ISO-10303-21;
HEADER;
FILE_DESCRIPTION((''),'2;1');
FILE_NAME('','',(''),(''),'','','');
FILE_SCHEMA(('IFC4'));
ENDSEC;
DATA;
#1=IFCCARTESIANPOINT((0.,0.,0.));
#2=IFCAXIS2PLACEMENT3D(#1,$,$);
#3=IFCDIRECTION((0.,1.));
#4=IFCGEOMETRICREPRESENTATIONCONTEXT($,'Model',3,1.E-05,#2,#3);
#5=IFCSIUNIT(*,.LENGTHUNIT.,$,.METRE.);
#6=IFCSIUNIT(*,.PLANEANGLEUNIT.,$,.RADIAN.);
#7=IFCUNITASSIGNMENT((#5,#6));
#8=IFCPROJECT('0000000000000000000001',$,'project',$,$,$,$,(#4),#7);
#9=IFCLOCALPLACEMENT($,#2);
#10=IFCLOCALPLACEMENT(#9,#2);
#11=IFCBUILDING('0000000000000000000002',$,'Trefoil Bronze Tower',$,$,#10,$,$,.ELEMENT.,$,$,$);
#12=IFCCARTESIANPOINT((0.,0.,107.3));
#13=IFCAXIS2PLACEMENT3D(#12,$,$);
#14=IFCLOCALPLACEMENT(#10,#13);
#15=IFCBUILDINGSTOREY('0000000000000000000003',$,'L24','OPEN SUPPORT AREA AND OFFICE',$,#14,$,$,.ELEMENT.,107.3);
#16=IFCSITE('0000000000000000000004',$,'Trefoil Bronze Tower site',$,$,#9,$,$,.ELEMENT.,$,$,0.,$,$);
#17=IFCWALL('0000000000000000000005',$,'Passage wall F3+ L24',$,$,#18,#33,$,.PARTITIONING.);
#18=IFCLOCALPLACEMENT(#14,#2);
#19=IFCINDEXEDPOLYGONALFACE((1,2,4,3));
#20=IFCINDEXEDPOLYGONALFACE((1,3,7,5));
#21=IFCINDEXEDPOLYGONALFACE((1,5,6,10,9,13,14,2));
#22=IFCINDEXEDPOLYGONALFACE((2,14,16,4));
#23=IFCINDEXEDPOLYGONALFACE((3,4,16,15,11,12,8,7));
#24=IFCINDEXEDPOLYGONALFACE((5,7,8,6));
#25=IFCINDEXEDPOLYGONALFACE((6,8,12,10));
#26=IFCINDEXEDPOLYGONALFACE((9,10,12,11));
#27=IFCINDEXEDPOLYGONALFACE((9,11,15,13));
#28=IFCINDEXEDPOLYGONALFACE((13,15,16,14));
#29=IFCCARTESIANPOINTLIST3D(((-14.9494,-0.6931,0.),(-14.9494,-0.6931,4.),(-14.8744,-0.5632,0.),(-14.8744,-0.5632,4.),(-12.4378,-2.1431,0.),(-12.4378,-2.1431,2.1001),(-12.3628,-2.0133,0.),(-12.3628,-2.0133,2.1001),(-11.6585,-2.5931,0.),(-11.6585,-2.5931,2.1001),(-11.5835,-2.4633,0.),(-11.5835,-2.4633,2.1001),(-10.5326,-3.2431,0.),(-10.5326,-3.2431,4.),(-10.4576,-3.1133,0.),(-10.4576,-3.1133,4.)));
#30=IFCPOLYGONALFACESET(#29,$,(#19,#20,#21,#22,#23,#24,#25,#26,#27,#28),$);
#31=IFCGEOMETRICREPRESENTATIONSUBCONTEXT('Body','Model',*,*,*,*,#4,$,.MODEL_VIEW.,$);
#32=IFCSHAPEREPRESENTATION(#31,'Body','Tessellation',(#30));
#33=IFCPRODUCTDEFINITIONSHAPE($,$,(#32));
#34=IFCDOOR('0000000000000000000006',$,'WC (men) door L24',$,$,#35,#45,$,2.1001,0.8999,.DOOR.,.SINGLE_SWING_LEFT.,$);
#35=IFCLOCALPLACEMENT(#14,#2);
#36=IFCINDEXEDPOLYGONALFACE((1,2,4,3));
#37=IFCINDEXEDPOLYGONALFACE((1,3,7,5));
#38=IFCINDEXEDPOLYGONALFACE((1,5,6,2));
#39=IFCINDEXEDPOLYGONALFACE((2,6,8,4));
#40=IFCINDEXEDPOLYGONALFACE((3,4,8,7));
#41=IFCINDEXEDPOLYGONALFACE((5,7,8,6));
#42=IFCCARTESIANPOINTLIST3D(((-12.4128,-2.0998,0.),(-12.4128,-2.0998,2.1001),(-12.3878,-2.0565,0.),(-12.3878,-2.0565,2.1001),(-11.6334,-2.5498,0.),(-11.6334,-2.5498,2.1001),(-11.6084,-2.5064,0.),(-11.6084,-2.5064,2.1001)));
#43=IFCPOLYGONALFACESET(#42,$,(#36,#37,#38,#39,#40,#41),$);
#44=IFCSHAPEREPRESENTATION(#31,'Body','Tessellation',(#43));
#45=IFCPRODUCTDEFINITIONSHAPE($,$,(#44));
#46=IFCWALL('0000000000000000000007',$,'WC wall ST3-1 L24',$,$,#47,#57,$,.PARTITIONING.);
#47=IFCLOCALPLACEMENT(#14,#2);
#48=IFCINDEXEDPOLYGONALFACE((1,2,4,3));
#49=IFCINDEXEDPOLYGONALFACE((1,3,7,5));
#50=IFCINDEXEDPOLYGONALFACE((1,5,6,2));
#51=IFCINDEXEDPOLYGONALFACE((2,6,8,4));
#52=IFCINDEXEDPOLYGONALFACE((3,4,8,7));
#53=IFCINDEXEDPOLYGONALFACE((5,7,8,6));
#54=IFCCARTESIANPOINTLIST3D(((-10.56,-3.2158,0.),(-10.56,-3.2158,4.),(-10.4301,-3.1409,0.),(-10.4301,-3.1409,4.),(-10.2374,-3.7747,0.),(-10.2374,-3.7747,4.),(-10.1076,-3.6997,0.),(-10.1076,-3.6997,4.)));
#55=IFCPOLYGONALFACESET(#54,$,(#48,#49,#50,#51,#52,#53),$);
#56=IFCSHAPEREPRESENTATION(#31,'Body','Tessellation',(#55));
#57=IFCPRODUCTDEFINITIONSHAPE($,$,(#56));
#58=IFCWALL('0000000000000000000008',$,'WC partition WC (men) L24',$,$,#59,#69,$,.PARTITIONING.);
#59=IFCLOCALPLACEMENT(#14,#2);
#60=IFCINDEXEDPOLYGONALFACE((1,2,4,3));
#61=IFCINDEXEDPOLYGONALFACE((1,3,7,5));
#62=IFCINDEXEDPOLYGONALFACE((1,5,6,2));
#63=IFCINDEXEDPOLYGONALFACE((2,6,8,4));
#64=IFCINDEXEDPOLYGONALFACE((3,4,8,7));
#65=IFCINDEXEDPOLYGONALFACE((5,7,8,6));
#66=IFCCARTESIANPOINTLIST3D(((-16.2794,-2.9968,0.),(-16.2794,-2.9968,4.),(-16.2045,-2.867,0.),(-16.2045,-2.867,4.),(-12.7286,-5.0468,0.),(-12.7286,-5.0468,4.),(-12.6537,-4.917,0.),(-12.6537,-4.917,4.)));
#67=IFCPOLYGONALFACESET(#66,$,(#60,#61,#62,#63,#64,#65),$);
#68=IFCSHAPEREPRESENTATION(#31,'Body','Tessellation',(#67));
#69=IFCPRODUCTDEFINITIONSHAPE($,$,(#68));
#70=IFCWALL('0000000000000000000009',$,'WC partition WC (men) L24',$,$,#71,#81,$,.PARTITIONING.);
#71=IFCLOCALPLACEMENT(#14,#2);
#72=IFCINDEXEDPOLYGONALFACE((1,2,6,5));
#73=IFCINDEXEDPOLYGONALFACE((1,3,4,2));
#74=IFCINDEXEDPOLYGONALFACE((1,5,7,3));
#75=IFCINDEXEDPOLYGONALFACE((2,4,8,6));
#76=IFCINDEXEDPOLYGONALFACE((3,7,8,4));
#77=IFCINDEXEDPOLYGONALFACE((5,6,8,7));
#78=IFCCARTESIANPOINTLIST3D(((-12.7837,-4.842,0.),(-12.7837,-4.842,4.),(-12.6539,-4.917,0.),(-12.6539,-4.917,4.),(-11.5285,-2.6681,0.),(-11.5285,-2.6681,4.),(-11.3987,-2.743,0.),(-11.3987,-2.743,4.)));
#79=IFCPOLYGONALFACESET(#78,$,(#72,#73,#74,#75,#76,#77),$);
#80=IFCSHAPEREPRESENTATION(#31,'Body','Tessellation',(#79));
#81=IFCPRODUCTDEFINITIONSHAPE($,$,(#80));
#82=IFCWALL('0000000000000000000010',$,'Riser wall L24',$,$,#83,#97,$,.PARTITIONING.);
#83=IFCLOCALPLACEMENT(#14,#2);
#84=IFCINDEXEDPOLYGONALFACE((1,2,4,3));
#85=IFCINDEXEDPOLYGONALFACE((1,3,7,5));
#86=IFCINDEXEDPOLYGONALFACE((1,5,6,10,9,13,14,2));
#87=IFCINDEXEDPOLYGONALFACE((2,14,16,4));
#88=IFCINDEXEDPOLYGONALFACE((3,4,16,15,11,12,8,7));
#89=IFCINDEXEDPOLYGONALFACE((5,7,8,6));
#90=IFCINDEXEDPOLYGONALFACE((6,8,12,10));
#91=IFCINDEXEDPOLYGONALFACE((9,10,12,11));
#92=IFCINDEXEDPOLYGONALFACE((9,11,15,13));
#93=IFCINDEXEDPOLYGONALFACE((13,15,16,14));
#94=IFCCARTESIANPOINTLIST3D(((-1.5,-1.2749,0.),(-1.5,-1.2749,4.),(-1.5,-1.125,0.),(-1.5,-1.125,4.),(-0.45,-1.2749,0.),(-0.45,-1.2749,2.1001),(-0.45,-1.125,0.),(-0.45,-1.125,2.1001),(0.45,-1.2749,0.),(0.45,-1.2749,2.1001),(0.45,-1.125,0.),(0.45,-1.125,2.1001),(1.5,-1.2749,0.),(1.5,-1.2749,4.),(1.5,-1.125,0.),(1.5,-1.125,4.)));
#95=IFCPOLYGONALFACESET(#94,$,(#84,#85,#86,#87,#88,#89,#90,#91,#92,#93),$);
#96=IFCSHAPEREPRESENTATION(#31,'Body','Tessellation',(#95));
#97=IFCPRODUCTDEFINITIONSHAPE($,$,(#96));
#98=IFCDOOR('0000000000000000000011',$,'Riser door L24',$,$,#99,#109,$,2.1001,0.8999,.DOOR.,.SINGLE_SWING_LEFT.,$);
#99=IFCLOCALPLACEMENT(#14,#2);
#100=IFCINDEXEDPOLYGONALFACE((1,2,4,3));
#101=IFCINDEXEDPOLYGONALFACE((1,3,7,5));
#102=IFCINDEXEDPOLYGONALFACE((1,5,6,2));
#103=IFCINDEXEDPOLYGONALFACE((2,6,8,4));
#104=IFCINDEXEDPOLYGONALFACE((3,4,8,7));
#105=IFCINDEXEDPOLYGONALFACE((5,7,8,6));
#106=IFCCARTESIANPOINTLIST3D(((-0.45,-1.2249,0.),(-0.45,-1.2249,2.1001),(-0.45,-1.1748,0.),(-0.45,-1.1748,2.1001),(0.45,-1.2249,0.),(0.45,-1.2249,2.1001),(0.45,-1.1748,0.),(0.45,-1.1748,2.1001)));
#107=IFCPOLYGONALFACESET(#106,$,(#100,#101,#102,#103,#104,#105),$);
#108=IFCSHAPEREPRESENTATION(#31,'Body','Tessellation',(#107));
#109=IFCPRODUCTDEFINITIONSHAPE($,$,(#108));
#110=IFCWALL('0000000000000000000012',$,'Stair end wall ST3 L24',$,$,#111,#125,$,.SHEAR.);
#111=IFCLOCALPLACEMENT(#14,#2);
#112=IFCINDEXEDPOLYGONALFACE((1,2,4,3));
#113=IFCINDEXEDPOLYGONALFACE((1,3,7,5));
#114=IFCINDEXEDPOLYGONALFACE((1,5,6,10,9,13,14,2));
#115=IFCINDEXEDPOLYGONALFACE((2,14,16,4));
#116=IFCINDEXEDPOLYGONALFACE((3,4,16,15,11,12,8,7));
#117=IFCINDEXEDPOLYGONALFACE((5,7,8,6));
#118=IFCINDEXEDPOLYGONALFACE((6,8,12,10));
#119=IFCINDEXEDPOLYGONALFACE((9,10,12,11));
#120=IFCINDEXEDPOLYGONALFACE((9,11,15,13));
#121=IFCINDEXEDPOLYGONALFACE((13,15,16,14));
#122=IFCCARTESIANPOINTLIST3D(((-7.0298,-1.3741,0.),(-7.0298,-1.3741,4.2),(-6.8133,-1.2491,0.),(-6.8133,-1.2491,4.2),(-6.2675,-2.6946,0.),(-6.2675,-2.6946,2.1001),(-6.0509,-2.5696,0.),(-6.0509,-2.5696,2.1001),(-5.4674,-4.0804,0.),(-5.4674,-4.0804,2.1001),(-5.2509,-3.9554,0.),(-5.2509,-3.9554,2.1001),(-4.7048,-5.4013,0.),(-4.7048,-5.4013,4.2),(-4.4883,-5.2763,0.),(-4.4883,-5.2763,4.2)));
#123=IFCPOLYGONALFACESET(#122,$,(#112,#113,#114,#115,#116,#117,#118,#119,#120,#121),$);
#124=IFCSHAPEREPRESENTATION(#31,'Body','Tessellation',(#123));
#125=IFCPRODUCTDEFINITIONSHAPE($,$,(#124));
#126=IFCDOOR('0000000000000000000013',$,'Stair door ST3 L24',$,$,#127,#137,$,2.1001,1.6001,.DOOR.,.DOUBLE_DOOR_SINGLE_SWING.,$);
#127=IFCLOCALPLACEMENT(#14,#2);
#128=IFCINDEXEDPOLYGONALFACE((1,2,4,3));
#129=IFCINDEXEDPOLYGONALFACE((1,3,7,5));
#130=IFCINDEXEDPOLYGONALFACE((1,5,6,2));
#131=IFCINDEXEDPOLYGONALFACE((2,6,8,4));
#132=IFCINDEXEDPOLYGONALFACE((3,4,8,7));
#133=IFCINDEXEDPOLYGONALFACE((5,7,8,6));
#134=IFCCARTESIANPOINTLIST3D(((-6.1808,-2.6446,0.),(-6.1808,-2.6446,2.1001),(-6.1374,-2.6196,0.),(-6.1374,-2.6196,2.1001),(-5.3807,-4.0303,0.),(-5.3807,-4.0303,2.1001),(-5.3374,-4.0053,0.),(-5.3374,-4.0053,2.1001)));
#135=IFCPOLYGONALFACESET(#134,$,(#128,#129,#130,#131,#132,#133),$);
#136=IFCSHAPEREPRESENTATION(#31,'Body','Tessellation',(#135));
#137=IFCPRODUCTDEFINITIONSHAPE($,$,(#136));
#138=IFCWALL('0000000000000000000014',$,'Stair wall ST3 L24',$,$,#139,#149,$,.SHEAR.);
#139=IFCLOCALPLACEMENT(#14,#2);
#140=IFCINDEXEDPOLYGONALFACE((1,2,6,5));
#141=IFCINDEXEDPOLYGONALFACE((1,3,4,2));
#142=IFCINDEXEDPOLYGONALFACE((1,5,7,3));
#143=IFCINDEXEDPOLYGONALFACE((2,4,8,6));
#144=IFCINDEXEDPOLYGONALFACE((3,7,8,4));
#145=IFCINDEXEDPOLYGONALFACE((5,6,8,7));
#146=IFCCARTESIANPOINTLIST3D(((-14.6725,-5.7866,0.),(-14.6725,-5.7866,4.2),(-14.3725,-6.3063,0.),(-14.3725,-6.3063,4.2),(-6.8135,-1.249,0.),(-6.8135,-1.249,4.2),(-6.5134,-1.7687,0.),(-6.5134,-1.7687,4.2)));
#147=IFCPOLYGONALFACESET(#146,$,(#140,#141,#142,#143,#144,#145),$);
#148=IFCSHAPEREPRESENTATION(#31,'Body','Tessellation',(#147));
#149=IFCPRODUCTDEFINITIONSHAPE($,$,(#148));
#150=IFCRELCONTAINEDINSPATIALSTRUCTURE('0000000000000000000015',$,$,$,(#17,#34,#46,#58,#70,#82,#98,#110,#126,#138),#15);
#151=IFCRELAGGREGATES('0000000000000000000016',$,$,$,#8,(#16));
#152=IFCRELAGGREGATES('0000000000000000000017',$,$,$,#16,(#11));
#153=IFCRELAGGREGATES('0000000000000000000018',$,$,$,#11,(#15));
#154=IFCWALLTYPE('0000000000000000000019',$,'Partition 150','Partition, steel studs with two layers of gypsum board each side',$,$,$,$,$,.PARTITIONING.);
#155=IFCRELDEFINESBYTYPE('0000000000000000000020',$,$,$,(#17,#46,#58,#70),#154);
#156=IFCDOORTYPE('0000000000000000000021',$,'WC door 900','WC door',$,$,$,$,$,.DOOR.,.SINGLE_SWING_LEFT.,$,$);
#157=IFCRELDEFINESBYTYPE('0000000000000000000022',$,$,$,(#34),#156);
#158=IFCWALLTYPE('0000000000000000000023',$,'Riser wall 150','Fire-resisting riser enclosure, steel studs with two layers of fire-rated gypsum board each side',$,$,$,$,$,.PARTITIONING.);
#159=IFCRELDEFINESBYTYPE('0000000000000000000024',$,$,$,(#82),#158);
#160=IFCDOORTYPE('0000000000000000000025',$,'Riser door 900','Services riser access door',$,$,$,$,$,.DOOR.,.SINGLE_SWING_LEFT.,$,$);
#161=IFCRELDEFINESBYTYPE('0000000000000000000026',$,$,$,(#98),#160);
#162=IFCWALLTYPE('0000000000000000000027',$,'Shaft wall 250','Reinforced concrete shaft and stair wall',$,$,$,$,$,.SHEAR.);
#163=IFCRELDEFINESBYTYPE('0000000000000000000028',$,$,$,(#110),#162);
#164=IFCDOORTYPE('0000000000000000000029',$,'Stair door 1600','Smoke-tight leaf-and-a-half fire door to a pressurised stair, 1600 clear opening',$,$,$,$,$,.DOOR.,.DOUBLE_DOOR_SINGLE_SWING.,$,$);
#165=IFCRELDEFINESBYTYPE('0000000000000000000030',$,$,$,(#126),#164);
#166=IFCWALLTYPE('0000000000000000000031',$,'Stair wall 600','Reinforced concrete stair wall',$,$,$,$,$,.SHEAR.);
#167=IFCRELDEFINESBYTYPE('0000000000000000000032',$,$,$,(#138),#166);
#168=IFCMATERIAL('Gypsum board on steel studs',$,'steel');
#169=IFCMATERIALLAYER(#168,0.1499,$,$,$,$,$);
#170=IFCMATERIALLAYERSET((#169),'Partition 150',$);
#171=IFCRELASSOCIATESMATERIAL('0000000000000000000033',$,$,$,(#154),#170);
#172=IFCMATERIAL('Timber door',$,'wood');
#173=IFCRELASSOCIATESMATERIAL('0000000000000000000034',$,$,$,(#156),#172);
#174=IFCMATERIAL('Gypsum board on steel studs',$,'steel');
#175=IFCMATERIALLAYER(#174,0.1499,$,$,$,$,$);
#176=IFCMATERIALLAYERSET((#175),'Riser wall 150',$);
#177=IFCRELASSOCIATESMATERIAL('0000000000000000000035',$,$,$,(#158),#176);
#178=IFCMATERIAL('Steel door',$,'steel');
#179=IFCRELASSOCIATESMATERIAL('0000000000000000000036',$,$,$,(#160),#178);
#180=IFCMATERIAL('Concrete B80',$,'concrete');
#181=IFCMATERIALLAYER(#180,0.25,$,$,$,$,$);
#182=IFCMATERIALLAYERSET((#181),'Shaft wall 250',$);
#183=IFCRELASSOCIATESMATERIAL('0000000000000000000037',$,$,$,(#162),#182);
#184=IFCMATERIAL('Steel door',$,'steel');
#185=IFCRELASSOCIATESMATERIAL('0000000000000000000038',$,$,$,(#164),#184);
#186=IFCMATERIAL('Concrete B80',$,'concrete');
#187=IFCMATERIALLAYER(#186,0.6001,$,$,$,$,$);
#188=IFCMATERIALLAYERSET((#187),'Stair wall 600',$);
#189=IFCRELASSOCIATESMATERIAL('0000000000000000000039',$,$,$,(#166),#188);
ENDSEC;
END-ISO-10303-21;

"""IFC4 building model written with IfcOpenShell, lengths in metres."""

from ifc_helpers import new_model, si_unit, direction, frame, frame_2d, origin, place, context, subcontext, project, spatial, rectangle, extrude, material, layer, layer_set, type_object, element, fill, save


model = new_model("IFC4")

# Units and contexts
model_context = context("Model", 3, precision=1e-05, world=origin(), true_north=direction((0.0, 1.0)))
body_context = subcontext(model_context, "Body", "Model", "MODEL_VIEW")
ifc_project = project(units=[si_unit("LENGTHUNIT", "METRE"), si_unit("PLANEANGLEUNIT", "RADIAN")], contexts=[model_context])

# Site, building, storey
site_placement = place(None, origin())
site = spatial("IfcSite", under=ifc_project, at=site_placement, Name="Trefoil Bronze Tower site", CompositionType="ELEMENT", RefElevation=0.0)
building_placement = place(site_placement, origin())
building = spatial("IfcBuilding", under=site, at=building_placement, Name="Trefoil Bronze Tower", CompositionType="ELEMENT")
storey_placement = place(building_placement, frame((0.0, 0.0, 107.3)))
storey = spatial("IfcBuildingStorey", under=building, at=storey_placement, Name="L24", Description="OPEN SUPPORT AREA AND OFFICE", CompositionType="ELEMENT", Elevation=107.3)

# Wall, opening, door
ifc_material_1 = material(Name="Gypsum board on steel studs", Category="steel")
ifc_layer_1 = layer(ifc_material_1, 0.1499)
ifc_layer_set_1 = layer_set([ifc_layer_1], Name="Partition 150")
wall_type_1 = type_object("IfcWallType", Name="Partition 150", Description="Partition, steel studs with two layers of gypsum board each side", PredefinedType="PARTITIONING", material=ifc_layer_set_1)
wall_1_placement = place(storey_placement, frame((-10.4951, -3.1782, 0.0), z_axis=(0.0, 0.0, 1.0), x_axis=(-0.866022, 0.500006, 0.0)))
wall_1 = element("IfcWall", 1, at=wall_1_placement, inside=storey, type_object=wall_type_1, Name="Passage wall F3+ L24", PredefinedType="PARTITIONING", context=body_context, shape_type="SweptSolid", body=[
    extrude(rectangle(XDim=5.1001, YDim=0.1499, at=frame_2d((2.55, 0.0))), origin(), (0.0, 0.0, 1.0), 4.0),
])
opening_1_placement = place(wall_1_placement, frame((1.3, 0.0, 0.0)))
opening_1 = element("IfcOpeningElement", 2, at=opening_1_placement, cuts=wall_1, PredefinedType="OPENING", context=body_context, shape_type="SweptSolid", body=[
    extrude(rectangle(XDim=0.8999, YDim=2.1001, at=frame_2d((0.45, 1.05))), frame((0.0, 0.085, 0.0), z_axis=(0.0, -1.0, 0.0), x_axis=(1.0, 0.0, 0.0)), (0.0, 0.0, 1.0), 0.1699),
])
ifc_material_2 = material(Name="Timber door", Category="wood")
door_type_1 = type_object("IfcDoorType", Name="WC door 900", Description="WC door", OperationType="SINGLE_SWING_LEFT", PredefinedType="DOOR", material=ifc_material_2)
door_1_placement = place(opening_1_placement, origin())
door_1 = element("IfcDoor", 3, at=door_1_placement, inside=storey, type_object=door_type_1, Name="WC (men) door L24", OperationType="SINGLE_SWING_LEFT", OverallHeight=2.1001, OverallWidth=0.8999, PredefinedType="DOOR", context=body_context, shape_type="SweptSolid", body=[
    extrude(rectangle(XDim=0.8999, YDim=2.1001, at=frame_2d((0.45, 1.05))), frame((0.0, 0.0249, 0.0), z_axis=(0.0, -1.0, 0.0), x_axis=(1.0, 0.0, 0.0)), (0.0, 0.0, 1.0), 0.05),
])
fill(opening_1, door_1)

# Walls
wall_2_placement = place(storey_placement, frame((-10.4951, -3.1782, 0.0), z_axis=(0.0, 0.0, 1.0), x_axis=(0.499843, -0.866116, 0.0)))
element("IfcWall", 4, at=wall_2_placement, inside=storey, type_object=wall_type_1, Name="WC wall ST3-1 L24", PredefinedType="PARTITIONING", context=body_context, shape_type="SweptSolid", body=[
    extrude(rectangle(XDim=0.6453, YDim=0.1499, at=frame_2d((0.3228, 0.0))), origin(), (0.0, 0.0, 1.0), 4.0),
])
wall_3_placement = place(storey_placement, frame((-12.6912, -4.9819, 0.0), z_axis=(0.0, 0.0, 1.0), x_axis=(-0.866025, 0.500001, 0.0)))
element("IfcWall", 5, at=wall_3_placement, inside=storey, type_object=wall_type_1, Name="WC partition WC (men) L24", PredefinedType="PARTITIONING", context=body_context, shape_type="SweptSolid", body=[
    extrude(rectangle(XDim=4.1001, YDim=0.1499, at=frame_2d((2.05, 0.0))), origin(), (0.0, 0.0, 1.0), 4.0),
])
wall_4_placement = place(storey_placement, frame((-11.4636, -2.7056, 0.0), z_axis=(0.0, 0.0, 1.0), x_axis=(-0.50002, -0.866014, 0.0)))
element("IfcWall", 6, at=wall_4_placement, inside=storey, type_object=wall_type_1, Name="WC partition WC (men) L24", PredefinedType="PARTITIONING", context=body_context, shape_type="SweptSolid", body=[
    extrude(rectangle(XDim=2.5103, YDim=0.1499, at=frame_2d((1.2551, 0.0))), origin(), (0.0, 0.0, 1.0), 4.0),
])

# Walls, openings, doors
ifc_material_3 = material(Name="Gypsum board on steel studs", Category="steel")
ifc_layer_2 = layer(ifc_material_3, 0.1499)
ifc_layer_set_2 = layer_set([ifc_layer_2], Name="Riser wall 150")
wall_type_2 = type_object("IfcWallType", Name="Riser wall 150", Description="Fire-resisting riser enclosure, steel studs with two layers of fire-rated gypsum board each side", PredefinedType="PARTITIONING", material=ifc_layer_set_2)
wall_5_placement = place(storey_placement, frame((-1.5, -1.2, 0.0), z_axis=(0.0, 0.0, 1.0), x_axis=(1.0, 0.0, 0.0)))
wall_5 = element("IfcWall", 7, at=wall_5_placement, inside=storey, type_object=wall_type_2, Name="Riser wall L24", PredefinedType="PARTITIONING", context=body_context, shape_type="SweptSolid", body=[
    extrude(rectangle(XDim=3.0, YDim=0.1499, at=frame_2d((1.5, 0.0))), origin(), (0.0, 0.0, 1.0), 4.0),
])
opening_2_placement = place(wall_5_placement, frame((1.05, 0.0, 0.0)))
opening_2 = element("IfcOpeningElement", 8, at=opening_2_placement, cuts=wall_5, PredefinedType="OPENING", context=body_context, shape_type="SweptSolid", body=[
    extrude(rectangle(XDim=0.8999, YDim=2.1001, at=frame_2d((0.45, 1.05))), frame((0.0, 0.085, 0.0), z_axis=(0.0, -1.0, 0.0), x_axis=(1.0, 0.0, 0.0)), (0.0, 0.0, 1.0), 0.1699),
])
ifc_material_4 = material(Name="Steel door", Category="steel")
door_type_2 = type_object("IfcDoorType", Name="Riser door 900", Description="Services riser access door", OperationType="SINGLE_SWING_LEFT", PredefinedType="DOOR", material=ifc_material_4)
door_2_placement = place(opening_2_placement, frame((0.8999, 0.0, 0.0), z_axis=(0.0, 0.0, 1.0), x_axis=(-1.0, 0.0, 0.0)))
door_2 = element("IfcDoor", 9, at=door_2_placement, inside=storey, type_object=door_type_2, Name="Riser door L24", OperationType="SINGLE_SWING_LEFT", OverallHeight=2.1001, OverallWidth=0.8999, PredefinedType="DOOR", context=body_context, shape_type="SweptSolid", body=[
    extrude(rectangle(XDim=0.8999, YDim=2.1001, at=frame_2d((0.45, 1.05))), frame((0.0, 0.0249, 0.0), z_axis=(0.0, -1.0, 0.0), x_axis=(1.0, 0.0, 0.0)), (0.0, 0.0, 1.0), 0.05),
])
fill(opening_2, door_2)
ifc_material_5 = material(Name="Concrete B80", Category="concrete")
ifc_layer_3 = layer(ifc_material_5, 0.25)
ifc_layer_set_3 = layer_set([ifc_layer_3], Name="Shaft wall 250")
wall_type_3 = type_object("IfcWallType", Name="Shaft wall 250", Description="Reinforced concrete shaft and stair wall", PredefinedType="SHEAR", material=ifc_layer_set_3)
wall_6_placement = place(storey_placement, frame((-6.9216, -1.3115, 0.0), z_axis=(0.0, 0.0, 1.0), x_axis=(0.499985, -0.866034, 0.0)))
wall_6 = element("IfcWall", 10, at=wall_6_placement, inside=storey, type_object=wall_type_3, Name="Stair end wall ST3 L24", PredefinedType="SHEAR", context=body_context, shape_type="SweptSolid", body=[
    extrude(rectangle(XDim=4.6501, YDim=0.25, at=frame_2d((2.3252, 0.0))), origin(), (0.0, 0.0, 1.0), 4.2),
])
opening_3_placement = place(wall_6_placement, frame((1.5249, 0.0, 0.0)))
opening_3 = element("IfcOpeningElement", 11, at=opening_3_placement, cuts=wall_6, PredefinedType="OPENING", context=body_context, shape_type="SweptSolid", body=[
    extrude(rectangle(XDim=1.6001, YDim=2.1001, at=frame_2d((0.8, 1.05))), frame((0.0, 0.135, 0.0), z_axis=(0.0, -1.0, 0.0), x_axis=(1.0, 0.0, 0.0)), (0.0, 0.0, 1.0), 0.27),
])
ifc_material_6 = material(Name="Steel door", Category="steel")
door_type_3 = type_object("IfcDoorType", Name="Stair door 1600", Description="Smoke-tight leaf-and-a-half fire door to a pressurised stair, 1600 clear opening", OperationType="DOUBLE_DOOR_SINGLE_SWING", PredefinedType="DOOR", material=ifc_material_6)
door_3_placement = place(opening_3_placement, frame((1.6001, 0.0, 0.0), z_axis=(0.0, 0.0, 1.0), x_axis=(-1.0, 0.0, 0.0)))
door_3 = element("IfcDoor", 12, at=door_3_placement, inside=storey, type_object=door_type_3, Name="Stair door ST3 L24", OperationType="DOUBLE_DOOR_SINGLE_SWING", OverallHeight=2.1001, OverallWidth=1.6001, PredefinedType="DOOR", context=body_context, shape_type="SweptSolid", body=[
    extrude(rectangle(XDim=1.6001, YDim=2.1001, at=frame_2d((0.8, 1.05))), frame((0.0, 0.0249, 0.0), z_axis=(0.0, -1.0, 0.0), x_axis=(1.0, 0.0, 0.0)), (0.0, 0.0, 1.0), 0.05),
])
fill(opening_3, door_3)

# Wall
ifc_material_7 = material(Name="Concrete B80", Category="concrete")
ifc_layer_4 = layer(ifc_material_7, 0.6001)
ifc_layer_set_4 = layer_set([ifc_layer_4], Name="Stair wall 600")
wall_type_4 = type_object("IfcWallType", Name="Stair wall 600", Description="Reinforced concrete stair wall", PredefinedType="SHEAR", material=ifc_layer_set_4)
wall_7_placement = place(storey_placement, frame((-6.6633, -1.5088, 0.0), z_axis=(0.0, 0.0, 1.0), x_axis=(-0.866019, -0.50001, 0.0)))
element("IfcWall", 13, at=wall_7_placement, inside=storey, type_object=wall_type_4, Name="Stair wall ST3 L24", PredefinedType="SHEAR", context=body_context, shape_type="SweptSolid", body=[
    extrude(rectangle(XDim=9.075, YDim=0.6001, at=frame_2d((4.5376, 0.0))), origin(), (0.0, 0.0, 1.0), 4.2),
])

save(model, "model.ifc")
